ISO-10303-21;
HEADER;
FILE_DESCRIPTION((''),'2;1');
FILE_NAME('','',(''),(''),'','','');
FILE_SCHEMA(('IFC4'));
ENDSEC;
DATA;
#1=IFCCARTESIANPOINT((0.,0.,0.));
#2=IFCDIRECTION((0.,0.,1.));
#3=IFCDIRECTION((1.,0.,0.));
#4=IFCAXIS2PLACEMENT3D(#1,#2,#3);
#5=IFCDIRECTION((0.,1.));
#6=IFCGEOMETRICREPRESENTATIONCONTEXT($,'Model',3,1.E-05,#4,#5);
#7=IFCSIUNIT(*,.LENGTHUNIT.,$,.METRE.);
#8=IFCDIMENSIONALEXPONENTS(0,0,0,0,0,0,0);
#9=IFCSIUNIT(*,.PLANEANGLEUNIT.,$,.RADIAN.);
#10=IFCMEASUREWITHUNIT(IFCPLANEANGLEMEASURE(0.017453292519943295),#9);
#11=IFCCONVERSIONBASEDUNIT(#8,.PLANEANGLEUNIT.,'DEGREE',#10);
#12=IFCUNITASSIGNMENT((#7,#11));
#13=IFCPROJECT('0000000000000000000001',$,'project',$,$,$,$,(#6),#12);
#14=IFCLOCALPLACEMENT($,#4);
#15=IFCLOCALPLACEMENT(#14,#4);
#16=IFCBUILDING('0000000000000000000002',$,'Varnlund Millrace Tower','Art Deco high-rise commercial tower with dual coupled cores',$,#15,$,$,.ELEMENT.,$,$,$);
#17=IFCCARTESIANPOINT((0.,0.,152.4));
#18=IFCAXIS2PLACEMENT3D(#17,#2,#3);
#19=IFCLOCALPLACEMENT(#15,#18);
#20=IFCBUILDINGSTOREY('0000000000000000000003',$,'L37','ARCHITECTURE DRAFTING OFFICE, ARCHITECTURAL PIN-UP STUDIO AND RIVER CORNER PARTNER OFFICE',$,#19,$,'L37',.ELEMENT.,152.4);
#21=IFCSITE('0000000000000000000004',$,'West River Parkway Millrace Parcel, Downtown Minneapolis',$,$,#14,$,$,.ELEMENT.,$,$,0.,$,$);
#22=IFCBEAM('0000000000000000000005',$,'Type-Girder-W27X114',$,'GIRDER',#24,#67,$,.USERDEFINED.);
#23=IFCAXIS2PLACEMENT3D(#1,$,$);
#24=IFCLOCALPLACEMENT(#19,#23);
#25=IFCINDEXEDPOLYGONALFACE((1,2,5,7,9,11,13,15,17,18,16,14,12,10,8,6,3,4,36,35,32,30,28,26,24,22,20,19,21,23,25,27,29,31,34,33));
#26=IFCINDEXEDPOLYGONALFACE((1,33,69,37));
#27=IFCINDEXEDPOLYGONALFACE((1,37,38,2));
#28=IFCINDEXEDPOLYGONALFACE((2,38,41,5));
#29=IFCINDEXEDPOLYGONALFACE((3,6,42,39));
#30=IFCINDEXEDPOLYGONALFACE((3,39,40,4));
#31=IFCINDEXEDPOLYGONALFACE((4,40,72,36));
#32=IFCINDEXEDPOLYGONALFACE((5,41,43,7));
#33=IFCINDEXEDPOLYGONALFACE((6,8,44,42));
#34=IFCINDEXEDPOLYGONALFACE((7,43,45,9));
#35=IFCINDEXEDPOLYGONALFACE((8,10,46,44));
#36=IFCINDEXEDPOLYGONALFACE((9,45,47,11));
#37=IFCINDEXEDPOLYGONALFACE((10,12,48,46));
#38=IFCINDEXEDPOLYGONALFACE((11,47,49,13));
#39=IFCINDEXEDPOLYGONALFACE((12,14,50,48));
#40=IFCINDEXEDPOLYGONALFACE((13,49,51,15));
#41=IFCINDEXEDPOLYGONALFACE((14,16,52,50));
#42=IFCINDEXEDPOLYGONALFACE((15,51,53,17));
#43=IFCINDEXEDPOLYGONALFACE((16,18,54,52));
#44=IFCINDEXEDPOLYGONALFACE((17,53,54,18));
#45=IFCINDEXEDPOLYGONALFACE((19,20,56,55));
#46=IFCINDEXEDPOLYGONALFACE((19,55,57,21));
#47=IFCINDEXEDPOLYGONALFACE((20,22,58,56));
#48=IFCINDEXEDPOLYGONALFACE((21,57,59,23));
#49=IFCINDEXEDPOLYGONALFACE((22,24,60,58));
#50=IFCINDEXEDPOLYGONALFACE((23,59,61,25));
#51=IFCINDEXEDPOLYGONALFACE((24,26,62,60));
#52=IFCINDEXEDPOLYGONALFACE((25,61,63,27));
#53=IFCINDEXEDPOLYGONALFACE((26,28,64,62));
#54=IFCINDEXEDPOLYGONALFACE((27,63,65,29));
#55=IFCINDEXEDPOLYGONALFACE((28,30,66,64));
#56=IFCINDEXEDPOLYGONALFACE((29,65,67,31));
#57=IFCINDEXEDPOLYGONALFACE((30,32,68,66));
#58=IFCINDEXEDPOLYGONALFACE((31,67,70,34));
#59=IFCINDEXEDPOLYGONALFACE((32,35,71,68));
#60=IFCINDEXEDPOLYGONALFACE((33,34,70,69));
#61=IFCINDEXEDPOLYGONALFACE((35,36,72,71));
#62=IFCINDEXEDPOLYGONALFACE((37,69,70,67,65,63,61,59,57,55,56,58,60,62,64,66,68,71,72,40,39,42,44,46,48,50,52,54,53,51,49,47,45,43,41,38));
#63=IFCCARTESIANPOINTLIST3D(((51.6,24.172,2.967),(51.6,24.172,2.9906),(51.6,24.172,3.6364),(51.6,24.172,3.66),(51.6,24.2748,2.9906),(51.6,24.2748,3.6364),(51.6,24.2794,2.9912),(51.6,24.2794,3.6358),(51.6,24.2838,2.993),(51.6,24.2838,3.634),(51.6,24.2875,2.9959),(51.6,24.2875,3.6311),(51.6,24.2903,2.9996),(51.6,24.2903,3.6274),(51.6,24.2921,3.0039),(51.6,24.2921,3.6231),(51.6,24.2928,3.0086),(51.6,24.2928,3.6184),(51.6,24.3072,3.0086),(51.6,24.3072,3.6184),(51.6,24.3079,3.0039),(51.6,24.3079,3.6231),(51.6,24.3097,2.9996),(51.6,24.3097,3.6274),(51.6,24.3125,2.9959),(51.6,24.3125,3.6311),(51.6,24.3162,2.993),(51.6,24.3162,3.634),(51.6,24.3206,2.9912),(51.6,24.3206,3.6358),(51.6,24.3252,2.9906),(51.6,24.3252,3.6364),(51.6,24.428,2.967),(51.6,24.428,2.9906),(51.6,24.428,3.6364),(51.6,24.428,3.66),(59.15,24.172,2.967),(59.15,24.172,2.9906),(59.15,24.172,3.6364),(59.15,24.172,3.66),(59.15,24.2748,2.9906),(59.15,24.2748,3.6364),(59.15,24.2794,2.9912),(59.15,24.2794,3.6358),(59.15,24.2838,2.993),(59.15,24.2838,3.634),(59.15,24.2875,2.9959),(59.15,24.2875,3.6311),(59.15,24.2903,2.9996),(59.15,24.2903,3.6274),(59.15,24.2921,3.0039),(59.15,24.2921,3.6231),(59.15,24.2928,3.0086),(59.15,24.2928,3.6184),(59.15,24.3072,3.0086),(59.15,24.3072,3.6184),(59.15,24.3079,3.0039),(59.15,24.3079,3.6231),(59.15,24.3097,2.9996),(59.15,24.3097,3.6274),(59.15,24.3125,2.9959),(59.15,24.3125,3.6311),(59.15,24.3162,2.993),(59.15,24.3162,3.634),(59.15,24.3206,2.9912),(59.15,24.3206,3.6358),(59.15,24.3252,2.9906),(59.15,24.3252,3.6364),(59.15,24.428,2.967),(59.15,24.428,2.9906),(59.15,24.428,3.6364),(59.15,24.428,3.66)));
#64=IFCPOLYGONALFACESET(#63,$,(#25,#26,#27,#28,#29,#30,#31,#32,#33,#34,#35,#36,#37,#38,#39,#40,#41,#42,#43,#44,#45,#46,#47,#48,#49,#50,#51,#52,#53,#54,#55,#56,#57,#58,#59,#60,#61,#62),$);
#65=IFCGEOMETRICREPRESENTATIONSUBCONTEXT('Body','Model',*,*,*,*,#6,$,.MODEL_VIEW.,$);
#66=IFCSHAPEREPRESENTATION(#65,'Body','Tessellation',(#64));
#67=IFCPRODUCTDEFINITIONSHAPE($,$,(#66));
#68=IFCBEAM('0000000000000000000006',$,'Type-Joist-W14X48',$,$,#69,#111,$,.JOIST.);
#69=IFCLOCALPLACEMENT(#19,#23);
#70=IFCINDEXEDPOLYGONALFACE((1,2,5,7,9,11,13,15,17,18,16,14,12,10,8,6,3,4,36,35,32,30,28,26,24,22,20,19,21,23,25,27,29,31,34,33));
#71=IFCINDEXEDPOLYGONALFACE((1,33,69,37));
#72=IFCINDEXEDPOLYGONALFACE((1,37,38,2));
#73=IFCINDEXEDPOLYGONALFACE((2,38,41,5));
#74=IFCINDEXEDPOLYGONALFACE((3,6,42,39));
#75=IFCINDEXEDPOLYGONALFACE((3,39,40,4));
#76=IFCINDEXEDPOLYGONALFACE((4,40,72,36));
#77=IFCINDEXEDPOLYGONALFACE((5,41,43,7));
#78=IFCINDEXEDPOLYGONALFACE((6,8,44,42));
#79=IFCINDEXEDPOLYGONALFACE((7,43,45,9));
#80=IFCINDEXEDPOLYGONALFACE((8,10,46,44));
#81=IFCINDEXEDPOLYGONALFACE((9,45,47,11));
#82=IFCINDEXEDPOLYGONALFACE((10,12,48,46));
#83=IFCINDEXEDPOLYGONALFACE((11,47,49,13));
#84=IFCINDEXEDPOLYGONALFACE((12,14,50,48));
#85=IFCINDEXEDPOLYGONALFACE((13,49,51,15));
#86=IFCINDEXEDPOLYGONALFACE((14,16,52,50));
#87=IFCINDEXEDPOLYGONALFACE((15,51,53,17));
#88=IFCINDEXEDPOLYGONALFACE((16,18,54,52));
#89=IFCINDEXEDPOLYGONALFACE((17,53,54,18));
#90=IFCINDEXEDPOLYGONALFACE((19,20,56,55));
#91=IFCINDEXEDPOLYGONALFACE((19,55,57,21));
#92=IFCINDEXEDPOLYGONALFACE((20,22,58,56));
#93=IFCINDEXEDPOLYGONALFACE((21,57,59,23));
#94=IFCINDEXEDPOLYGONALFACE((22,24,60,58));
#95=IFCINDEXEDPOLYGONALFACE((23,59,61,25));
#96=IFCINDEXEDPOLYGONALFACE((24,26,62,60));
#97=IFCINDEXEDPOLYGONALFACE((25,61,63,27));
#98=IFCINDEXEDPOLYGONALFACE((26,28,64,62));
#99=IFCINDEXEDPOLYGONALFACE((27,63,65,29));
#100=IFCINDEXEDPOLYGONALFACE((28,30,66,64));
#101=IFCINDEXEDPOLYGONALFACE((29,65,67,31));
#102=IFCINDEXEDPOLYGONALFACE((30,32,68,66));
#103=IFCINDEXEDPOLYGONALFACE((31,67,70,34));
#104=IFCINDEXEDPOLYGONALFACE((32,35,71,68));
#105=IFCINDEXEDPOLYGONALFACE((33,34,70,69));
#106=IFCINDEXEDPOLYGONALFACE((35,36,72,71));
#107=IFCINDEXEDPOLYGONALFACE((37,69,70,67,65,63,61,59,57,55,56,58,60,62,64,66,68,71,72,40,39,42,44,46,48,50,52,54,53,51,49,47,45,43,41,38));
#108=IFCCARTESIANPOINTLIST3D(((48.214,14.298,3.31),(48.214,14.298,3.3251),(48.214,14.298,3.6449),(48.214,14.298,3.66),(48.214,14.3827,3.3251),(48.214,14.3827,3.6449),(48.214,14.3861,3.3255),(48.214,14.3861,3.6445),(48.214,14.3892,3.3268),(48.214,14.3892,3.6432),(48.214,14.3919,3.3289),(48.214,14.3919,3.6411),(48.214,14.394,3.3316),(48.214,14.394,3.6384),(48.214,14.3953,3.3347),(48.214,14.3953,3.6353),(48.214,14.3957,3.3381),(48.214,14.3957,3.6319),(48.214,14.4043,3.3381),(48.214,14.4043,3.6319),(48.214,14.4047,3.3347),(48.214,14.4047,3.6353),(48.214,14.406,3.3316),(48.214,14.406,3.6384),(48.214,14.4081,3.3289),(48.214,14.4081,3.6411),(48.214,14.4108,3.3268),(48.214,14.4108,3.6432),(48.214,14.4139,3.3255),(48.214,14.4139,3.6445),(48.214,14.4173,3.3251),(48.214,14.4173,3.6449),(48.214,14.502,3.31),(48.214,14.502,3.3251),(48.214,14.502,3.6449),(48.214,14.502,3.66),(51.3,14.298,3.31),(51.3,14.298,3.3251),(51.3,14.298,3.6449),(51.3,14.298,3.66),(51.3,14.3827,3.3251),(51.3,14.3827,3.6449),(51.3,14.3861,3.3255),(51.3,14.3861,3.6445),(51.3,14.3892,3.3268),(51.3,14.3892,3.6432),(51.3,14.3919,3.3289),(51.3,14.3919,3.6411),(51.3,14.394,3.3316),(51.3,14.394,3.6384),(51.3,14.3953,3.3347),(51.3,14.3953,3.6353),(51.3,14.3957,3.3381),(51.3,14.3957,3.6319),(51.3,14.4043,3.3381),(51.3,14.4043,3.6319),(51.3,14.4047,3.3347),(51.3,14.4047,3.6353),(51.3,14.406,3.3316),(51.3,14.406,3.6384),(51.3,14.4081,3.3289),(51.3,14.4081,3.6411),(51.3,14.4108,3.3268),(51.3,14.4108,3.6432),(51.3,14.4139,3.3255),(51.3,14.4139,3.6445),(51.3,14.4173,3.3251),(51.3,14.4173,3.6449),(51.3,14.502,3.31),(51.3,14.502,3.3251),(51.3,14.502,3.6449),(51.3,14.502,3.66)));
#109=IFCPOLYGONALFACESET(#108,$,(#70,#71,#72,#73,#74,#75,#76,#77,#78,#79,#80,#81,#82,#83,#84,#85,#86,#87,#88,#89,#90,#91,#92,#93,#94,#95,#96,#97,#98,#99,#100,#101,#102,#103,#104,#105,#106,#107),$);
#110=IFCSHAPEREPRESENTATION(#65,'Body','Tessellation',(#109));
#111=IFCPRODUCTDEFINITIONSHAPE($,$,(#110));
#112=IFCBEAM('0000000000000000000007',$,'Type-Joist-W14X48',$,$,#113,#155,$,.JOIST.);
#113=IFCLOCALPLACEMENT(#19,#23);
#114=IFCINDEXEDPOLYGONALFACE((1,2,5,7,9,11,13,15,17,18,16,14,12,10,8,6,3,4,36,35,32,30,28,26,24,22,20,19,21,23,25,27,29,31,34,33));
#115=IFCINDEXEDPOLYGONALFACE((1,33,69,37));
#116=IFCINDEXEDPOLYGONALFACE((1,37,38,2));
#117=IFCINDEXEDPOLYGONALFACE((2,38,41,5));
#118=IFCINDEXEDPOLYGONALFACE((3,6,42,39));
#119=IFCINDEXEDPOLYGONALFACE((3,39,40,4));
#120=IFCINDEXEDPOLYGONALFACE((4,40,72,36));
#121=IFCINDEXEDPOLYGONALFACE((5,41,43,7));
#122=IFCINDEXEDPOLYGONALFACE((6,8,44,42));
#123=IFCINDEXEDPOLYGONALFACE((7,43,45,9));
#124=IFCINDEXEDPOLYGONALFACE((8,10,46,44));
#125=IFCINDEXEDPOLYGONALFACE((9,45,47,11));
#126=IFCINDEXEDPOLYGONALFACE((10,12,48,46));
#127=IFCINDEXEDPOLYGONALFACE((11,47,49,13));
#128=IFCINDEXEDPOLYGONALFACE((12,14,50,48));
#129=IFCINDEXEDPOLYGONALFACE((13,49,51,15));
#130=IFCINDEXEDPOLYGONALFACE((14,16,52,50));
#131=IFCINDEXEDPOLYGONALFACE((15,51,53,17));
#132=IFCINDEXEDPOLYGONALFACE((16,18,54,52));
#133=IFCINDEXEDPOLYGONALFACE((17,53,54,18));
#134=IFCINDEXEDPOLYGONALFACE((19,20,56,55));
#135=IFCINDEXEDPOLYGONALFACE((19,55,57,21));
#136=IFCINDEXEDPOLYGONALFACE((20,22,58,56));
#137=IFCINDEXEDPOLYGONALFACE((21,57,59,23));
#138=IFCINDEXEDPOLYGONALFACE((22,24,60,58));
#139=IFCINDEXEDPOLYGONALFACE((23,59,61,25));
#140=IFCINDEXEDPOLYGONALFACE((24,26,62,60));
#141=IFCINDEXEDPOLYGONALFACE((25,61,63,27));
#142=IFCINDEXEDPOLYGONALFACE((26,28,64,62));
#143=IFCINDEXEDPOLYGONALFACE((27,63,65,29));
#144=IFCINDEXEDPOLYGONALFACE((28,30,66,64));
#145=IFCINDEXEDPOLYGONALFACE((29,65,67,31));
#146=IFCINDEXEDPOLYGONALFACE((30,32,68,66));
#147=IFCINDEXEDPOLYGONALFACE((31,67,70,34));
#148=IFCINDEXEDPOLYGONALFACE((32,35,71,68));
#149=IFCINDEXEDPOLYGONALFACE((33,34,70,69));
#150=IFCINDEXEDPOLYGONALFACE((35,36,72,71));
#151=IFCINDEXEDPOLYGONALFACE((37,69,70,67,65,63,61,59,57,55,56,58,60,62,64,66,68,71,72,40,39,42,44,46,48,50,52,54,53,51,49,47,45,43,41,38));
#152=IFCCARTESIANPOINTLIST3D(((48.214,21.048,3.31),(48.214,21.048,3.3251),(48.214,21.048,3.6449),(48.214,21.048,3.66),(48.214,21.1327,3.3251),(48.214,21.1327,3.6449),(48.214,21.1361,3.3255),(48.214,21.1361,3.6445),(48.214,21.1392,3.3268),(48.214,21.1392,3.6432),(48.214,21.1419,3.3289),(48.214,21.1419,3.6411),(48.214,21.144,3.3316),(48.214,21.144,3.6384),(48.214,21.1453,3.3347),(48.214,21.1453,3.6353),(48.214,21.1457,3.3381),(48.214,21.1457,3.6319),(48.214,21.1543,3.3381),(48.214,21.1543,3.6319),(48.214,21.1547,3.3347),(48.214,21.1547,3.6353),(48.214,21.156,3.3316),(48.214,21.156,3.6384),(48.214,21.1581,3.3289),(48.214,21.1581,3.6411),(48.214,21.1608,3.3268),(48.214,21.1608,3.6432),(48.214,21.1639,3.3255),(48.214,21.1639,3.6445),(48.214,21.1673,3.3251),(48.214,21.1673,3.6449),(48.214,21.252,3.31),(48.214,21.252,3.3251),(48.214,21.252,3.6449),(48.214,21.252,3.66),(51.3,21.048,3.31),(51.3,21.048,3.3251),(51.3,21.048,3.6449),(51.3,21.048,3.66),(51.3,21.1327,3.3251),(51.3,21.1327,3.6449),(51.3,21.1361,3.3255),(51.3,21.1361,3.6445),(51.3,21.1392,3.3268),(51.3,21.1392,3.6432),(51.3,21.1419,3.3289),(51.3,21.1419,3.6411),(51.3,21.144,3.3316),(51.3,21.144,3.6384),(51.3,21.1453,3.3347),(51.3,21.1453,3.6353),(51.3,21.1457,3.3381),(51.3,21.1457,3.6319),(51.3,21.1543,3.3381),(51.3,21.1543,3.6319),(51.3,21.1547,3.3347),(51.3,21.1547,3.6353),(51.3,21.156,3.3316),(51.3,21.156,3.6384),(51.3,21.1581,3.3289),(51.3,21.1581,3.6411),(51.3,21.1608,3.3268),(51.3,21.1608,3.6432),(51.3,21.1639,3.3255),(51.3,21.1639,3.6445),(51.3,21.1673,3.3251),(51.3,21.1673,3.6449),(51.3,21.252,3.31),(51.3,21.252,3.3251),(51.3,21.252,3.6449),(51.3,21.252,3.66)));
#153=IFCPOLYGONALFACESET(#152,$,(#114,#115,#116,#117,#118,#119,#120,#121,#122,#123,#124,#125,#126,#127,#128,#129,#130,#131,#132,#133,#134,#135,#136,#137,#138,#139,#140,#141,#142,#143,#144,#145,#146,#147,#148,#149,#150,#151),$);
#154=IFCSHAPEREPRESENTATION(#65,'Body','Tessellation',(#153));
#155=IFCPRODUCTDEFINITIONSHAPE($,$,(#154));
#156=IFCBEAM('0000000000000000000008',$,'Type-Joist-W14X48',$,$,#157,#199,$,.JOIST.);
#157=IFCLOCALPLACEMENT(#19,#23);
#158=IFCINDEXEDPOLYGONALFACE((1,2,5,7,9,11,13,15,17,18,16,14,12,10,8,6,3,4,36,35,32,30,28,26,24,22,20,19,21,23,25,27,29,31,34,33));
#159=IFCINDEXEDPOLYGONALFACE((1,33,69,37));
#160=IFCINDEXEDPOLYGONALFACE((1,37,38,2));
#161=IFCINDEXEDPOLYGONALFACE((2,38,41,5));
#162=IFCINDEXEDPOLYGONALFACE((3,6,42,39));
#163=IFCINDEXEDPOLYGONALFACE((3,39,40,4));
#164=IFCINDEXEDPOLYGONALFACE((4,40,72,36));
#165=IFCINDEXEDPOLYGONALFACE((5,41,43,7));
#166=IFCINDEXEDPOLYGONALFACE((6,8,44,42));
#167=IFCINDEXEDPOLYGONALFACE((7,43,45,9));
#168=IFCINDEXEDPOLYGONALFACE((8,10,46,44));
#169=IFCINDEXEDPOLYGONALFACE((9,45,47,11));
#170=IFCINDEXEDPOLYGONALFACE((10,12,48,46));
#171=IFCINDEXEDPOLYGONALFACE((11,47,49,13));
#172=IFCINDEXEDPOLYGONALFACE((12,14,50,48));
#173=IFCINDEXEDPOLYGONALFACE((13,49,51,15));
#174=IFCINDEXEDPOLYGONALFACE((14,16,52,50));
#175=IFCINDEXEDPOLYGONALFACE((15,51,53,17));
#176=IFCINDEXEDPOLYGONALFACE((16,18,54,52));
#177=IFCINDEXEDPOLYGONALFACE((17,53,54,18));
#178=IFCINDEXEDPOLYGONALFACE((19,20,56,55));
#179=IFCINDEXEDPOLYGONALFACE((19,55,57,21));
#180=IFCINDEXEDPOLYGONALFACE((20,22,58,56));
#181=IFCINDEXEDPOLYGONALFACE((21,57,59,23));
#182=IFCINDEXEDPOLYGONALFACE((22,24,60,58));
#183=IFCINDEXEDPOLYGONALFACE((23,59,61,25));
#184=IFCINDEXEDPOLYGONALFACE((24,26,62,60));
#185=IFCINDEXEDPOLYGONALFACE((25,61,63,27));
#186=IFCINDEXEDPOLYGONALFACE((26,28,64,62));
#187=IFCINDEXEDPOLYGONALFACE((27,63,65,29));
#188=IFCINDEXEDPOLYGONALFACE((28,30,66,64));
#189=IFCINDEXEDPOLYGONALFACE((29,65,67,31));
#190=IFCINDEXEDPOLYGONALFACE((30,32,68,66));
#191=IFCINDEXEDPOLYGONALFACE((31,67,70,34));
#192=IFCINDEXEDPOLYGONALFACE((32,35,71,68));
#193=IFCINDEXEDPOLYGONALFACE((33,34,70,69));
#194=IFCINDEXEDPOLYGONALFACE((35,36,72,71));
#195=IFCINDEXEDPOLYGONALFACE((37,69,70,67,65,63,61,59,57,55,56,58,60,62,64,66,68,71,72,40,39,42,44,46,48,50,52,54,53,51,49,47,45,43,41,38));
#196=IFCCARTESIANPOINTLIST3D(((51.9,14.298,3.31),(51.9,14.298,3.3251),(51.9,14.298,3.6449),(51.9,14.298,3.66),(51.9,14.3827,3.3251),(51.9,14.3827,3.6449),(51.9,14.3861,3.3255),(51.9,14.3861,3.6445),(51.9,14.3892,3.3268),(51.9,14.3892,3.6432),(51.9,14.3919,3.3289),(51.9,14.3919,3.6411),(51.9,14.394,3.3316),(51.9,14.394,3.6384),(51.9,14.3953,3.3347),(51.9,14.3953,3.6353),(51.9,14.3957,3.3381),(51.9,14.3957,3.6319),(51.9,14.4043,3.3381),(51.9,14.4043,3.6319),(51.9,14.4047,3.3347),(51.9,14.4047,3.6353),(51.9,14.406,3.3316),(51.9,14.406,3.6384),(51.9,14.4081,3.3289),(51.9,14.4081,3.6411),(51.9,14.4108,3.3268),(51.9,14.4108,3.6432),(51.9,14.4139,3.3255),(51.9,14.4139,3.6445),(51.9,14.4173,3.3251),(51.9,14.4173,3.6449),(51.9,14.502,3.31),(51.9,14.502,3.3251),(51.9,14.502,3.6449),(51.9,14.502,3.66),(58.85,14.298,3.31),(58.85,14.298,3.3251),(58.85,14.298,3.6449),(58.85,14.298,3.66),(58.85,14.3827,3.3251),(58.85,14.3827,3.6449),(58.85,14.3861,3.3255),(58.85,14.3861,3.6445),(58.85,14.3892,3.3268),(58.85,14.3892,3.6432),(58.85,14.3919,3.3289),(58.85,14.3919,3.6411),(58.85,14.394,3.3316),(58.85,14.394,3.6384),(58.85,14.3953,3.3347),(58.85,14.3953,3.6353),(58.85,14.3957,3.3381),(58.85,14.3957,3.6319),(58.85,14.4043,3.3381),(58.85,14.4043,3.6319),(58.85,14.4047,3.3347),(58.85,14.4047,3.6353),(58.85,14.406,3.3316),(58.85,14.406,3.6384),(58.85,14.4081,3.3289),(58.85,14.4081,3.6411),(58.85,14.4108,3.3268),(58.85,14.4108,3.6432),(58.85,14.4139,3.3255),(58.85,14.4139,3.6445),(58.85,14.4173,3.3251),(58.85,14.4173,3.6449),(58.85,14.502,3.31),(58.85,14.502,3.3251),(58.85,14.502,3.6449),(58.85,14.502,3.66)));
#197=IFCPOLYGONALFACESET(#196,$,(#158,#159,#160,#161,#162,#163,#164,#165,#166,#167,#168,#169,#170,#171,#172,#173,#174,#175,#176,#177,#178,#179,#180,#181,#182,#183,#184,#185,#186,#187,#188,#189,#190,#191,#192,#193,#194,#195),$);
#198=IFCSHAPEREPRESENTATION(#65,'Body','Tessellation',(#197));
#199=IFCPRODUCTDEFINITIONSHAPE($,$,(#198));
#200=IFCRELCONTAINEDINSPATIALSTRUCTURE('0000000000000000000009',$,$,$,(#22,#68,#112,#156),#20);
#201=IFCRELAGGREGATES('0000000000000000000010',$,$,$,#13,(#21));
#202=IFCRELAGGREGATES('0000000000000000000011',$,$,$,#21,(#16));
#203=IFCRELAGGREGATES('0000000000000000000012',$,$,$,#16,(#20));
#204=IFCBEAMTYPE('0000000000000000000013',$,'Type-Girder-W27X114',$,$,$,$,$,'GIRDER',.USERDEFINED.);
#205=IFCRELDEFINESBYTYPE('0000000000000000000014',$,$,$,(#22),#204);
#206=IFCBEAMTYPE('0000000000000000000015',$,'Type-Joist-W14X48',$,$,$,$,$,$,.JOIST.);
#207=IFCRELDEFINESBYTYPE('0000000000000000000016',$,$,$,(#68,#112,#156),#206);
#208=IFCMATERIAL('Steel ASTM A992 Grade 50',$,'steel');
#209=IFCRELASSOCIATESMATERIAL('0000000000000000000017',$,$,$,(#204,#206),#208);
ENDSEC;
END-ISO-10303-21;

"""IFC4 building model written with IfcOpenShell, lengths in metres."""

from ifc_helpers import new_model, entity, si_unit, converted_unit, direction, frame, origin_with_axes, origin_2d_with_axis, place, context, subcontext, project, spatial, i_section, extrude, material, material_profile, profile_set, type_object, element, save


model = new_model("IFC4")

# Units and contexts
model_context = context("Model", 3, precision=1e-05, world=origin_with_axes(), true_north=direction((0.0, 1.0)))
body_context = subcontext(model_context, "Body", "Model", "MODEL_VIEW")
ifc_project = project(units=[si_unit("LENGTHUNIT", "METRE"), converted_unit("PLANEANGLEUNIT", "DEGREE", entity("IfcPlaneAngleMeasure", 0.017453292519943295), si_unit("PLANEANGLEUNIT", "RADIAN"), dimensions=[0, 0, 0, 0, 0, 0, 0])], contexts=[model_context])

# Site, building, storey
site_placement = place(None, origin_with_axes())
site = spatial("IfcSite", under=ifc_project, at=site_placement, Name="West River Parkway Millrace Parcel, Downtown Minneapolis", CompositionType="ELEMENT", RefElevation=0.0)
building_placement = place(site_placement, origin_with_axes())
building = spatial("IfcBuilding", under=site, at=building_placement, Name="Varnlund Millrace Tower", Description="Art Deco high-rise commercial tower with dual coupled cores", CompositionType="ELEMENT")
storey_placement = place(building_placement, frame((0.0, 0.0, 152.4), z_axis=(0.0, 0.0, 1.0), x_axis=(1.0, 0.0, 0.0)))
storey = spatial("IfcBuildingStorey", under=building, at=storey_placement, Name="L37", Description="ARCHITECTURE DRAFTING OFFICE, ARCHITECTURAL PIN-UP STUDIO AND RIVER CORNER PARTNER OFFICE", LongName="L37", CompositionType="ELEMENT", Elevation=152.4)

# Beams
ifc_material_1 = material(Name="Steel ASTM A992 Grade 50", Category="steel")
ifc_material_profile_1 = material_profile(ifc_material_1, i_section(OverallWidth=0.256, OverallDepth=0.693, WebThickness=0.0145, FlangeThickness=0.0236, FilletRadius=0.018, at=origin_2d_with_axis()), Name="Steel ASTM A992 Grade 50")
ifc_profile_set_1 = profile_set([ifc_material_profile_1], Name="Steel ASTM A992 Grade 50")
beam_type_1 = type_object("IfcBeamType", Name="Type-Girder-W27X114", ElementType="GIRDER", PredefinedType="USERDEFINED", material=ifc_profile_set_1)
beam_1_placement = place(storey_placement, frame((51.6, 24.3, 3.3135), z_axis=(1.0, 0.0, 0.0), x_axis=(0.0, 1.0, 0.0)))
element("IfcBeam", 1, at=beam_1_placement, inside=storey, type_object=beam_type_1, Name="Type-Girder-W27X114", ObjectType="GIRDER", PredefinedType="USERDEFINED", context=body_context, shape_type="SweptSolid", body=[
    extrude(i_section(OverallWidth=0.256, OverallDepth=0.693, WebThickness=0.0145, FlangeThickness=0.0236, FilletRadius=0.018, at=origin_2d_with_axis()), origin_with_axes(), (0.0, 0.0, 1.0), 7.55),
])
ifc_material_profile_2 = material_profile(ifc_material_1, i_section(OverallWidth=0.204, OverallDepth=0.35, WebThickness=0.0086, FlangeThickness=0.0151, FilletRadius=0.013, at=origin_2d_with_axis()), Name="Steel ASTM A992 Grade 50")
ifc_profile_set_2 = profile_set([ifc_material_profile_2], Name="Steel ASTM A992 Grade 50")
beam_type_2 = type_object("IfcBeamType", Name="Type-Joist-W14X48", PredefinedType="JOIST", material=ifc_profile_set_2)
for number, where, z_axis, x_axis, name in (
    (2, (48.214, 14.4, 3.485), (1.0, 0.0, 0.0), (0.0, 1.0, 0.0), "Type-Joist-W14X48"),
    (3, (48.214, 21.15, 3.485), (1.0, 0.0, 0.0), (0.0, 1.0, 0.0), "Type-Joist-W14X48"),
):
    element("IfcBeam", number, at=place(storey_placement, frame(where, z_axis=z_axis, x_axis=x_axis)), inside=storey, type_object=beam_type_2, Name=name, PredefinedType="JOIST", context=body_context, shape_type="SweptSolid", body=[
        extrude(i_section(OverallWidth=0.204, OverallDepth=0.35, WebThickness=0.0086, FlangeThickness=0.0151, FilletRadius=0.013, at=origin_2d_with_axis()), origin_with_axes(), (0.0, 0.0, 1.0), 3.086),
    ])
for number, where, z_axis, x_axis, name in (
    (4, (51.9, 14.4, 3.485), (1.0, 0.0, 0.0), (0.0, 1.0, 0.0), "Type-Joist-W14X48"),
):
    element("IfcBeam", number, at=place(storey_placement, frame(where, z_axis=z_axis, x_axis=x_axis)), inside=storey, type_object=beam_type_2, Name=name, PredefinedType="JOIST", context=body_context, shape_type="SweptSolid", body=[
        extrude(i_section(OverallWidth=0.204, OverallDepth=0.35, WebThickness=0.0086, FlangeThickness=0.0151, FilletRadius=0.013, at=origin_2d_with_axis()), origin_with_axes(), (0.0, 0.0, 1.0), 6.95),
    ])

save(model, "model.ifc")
